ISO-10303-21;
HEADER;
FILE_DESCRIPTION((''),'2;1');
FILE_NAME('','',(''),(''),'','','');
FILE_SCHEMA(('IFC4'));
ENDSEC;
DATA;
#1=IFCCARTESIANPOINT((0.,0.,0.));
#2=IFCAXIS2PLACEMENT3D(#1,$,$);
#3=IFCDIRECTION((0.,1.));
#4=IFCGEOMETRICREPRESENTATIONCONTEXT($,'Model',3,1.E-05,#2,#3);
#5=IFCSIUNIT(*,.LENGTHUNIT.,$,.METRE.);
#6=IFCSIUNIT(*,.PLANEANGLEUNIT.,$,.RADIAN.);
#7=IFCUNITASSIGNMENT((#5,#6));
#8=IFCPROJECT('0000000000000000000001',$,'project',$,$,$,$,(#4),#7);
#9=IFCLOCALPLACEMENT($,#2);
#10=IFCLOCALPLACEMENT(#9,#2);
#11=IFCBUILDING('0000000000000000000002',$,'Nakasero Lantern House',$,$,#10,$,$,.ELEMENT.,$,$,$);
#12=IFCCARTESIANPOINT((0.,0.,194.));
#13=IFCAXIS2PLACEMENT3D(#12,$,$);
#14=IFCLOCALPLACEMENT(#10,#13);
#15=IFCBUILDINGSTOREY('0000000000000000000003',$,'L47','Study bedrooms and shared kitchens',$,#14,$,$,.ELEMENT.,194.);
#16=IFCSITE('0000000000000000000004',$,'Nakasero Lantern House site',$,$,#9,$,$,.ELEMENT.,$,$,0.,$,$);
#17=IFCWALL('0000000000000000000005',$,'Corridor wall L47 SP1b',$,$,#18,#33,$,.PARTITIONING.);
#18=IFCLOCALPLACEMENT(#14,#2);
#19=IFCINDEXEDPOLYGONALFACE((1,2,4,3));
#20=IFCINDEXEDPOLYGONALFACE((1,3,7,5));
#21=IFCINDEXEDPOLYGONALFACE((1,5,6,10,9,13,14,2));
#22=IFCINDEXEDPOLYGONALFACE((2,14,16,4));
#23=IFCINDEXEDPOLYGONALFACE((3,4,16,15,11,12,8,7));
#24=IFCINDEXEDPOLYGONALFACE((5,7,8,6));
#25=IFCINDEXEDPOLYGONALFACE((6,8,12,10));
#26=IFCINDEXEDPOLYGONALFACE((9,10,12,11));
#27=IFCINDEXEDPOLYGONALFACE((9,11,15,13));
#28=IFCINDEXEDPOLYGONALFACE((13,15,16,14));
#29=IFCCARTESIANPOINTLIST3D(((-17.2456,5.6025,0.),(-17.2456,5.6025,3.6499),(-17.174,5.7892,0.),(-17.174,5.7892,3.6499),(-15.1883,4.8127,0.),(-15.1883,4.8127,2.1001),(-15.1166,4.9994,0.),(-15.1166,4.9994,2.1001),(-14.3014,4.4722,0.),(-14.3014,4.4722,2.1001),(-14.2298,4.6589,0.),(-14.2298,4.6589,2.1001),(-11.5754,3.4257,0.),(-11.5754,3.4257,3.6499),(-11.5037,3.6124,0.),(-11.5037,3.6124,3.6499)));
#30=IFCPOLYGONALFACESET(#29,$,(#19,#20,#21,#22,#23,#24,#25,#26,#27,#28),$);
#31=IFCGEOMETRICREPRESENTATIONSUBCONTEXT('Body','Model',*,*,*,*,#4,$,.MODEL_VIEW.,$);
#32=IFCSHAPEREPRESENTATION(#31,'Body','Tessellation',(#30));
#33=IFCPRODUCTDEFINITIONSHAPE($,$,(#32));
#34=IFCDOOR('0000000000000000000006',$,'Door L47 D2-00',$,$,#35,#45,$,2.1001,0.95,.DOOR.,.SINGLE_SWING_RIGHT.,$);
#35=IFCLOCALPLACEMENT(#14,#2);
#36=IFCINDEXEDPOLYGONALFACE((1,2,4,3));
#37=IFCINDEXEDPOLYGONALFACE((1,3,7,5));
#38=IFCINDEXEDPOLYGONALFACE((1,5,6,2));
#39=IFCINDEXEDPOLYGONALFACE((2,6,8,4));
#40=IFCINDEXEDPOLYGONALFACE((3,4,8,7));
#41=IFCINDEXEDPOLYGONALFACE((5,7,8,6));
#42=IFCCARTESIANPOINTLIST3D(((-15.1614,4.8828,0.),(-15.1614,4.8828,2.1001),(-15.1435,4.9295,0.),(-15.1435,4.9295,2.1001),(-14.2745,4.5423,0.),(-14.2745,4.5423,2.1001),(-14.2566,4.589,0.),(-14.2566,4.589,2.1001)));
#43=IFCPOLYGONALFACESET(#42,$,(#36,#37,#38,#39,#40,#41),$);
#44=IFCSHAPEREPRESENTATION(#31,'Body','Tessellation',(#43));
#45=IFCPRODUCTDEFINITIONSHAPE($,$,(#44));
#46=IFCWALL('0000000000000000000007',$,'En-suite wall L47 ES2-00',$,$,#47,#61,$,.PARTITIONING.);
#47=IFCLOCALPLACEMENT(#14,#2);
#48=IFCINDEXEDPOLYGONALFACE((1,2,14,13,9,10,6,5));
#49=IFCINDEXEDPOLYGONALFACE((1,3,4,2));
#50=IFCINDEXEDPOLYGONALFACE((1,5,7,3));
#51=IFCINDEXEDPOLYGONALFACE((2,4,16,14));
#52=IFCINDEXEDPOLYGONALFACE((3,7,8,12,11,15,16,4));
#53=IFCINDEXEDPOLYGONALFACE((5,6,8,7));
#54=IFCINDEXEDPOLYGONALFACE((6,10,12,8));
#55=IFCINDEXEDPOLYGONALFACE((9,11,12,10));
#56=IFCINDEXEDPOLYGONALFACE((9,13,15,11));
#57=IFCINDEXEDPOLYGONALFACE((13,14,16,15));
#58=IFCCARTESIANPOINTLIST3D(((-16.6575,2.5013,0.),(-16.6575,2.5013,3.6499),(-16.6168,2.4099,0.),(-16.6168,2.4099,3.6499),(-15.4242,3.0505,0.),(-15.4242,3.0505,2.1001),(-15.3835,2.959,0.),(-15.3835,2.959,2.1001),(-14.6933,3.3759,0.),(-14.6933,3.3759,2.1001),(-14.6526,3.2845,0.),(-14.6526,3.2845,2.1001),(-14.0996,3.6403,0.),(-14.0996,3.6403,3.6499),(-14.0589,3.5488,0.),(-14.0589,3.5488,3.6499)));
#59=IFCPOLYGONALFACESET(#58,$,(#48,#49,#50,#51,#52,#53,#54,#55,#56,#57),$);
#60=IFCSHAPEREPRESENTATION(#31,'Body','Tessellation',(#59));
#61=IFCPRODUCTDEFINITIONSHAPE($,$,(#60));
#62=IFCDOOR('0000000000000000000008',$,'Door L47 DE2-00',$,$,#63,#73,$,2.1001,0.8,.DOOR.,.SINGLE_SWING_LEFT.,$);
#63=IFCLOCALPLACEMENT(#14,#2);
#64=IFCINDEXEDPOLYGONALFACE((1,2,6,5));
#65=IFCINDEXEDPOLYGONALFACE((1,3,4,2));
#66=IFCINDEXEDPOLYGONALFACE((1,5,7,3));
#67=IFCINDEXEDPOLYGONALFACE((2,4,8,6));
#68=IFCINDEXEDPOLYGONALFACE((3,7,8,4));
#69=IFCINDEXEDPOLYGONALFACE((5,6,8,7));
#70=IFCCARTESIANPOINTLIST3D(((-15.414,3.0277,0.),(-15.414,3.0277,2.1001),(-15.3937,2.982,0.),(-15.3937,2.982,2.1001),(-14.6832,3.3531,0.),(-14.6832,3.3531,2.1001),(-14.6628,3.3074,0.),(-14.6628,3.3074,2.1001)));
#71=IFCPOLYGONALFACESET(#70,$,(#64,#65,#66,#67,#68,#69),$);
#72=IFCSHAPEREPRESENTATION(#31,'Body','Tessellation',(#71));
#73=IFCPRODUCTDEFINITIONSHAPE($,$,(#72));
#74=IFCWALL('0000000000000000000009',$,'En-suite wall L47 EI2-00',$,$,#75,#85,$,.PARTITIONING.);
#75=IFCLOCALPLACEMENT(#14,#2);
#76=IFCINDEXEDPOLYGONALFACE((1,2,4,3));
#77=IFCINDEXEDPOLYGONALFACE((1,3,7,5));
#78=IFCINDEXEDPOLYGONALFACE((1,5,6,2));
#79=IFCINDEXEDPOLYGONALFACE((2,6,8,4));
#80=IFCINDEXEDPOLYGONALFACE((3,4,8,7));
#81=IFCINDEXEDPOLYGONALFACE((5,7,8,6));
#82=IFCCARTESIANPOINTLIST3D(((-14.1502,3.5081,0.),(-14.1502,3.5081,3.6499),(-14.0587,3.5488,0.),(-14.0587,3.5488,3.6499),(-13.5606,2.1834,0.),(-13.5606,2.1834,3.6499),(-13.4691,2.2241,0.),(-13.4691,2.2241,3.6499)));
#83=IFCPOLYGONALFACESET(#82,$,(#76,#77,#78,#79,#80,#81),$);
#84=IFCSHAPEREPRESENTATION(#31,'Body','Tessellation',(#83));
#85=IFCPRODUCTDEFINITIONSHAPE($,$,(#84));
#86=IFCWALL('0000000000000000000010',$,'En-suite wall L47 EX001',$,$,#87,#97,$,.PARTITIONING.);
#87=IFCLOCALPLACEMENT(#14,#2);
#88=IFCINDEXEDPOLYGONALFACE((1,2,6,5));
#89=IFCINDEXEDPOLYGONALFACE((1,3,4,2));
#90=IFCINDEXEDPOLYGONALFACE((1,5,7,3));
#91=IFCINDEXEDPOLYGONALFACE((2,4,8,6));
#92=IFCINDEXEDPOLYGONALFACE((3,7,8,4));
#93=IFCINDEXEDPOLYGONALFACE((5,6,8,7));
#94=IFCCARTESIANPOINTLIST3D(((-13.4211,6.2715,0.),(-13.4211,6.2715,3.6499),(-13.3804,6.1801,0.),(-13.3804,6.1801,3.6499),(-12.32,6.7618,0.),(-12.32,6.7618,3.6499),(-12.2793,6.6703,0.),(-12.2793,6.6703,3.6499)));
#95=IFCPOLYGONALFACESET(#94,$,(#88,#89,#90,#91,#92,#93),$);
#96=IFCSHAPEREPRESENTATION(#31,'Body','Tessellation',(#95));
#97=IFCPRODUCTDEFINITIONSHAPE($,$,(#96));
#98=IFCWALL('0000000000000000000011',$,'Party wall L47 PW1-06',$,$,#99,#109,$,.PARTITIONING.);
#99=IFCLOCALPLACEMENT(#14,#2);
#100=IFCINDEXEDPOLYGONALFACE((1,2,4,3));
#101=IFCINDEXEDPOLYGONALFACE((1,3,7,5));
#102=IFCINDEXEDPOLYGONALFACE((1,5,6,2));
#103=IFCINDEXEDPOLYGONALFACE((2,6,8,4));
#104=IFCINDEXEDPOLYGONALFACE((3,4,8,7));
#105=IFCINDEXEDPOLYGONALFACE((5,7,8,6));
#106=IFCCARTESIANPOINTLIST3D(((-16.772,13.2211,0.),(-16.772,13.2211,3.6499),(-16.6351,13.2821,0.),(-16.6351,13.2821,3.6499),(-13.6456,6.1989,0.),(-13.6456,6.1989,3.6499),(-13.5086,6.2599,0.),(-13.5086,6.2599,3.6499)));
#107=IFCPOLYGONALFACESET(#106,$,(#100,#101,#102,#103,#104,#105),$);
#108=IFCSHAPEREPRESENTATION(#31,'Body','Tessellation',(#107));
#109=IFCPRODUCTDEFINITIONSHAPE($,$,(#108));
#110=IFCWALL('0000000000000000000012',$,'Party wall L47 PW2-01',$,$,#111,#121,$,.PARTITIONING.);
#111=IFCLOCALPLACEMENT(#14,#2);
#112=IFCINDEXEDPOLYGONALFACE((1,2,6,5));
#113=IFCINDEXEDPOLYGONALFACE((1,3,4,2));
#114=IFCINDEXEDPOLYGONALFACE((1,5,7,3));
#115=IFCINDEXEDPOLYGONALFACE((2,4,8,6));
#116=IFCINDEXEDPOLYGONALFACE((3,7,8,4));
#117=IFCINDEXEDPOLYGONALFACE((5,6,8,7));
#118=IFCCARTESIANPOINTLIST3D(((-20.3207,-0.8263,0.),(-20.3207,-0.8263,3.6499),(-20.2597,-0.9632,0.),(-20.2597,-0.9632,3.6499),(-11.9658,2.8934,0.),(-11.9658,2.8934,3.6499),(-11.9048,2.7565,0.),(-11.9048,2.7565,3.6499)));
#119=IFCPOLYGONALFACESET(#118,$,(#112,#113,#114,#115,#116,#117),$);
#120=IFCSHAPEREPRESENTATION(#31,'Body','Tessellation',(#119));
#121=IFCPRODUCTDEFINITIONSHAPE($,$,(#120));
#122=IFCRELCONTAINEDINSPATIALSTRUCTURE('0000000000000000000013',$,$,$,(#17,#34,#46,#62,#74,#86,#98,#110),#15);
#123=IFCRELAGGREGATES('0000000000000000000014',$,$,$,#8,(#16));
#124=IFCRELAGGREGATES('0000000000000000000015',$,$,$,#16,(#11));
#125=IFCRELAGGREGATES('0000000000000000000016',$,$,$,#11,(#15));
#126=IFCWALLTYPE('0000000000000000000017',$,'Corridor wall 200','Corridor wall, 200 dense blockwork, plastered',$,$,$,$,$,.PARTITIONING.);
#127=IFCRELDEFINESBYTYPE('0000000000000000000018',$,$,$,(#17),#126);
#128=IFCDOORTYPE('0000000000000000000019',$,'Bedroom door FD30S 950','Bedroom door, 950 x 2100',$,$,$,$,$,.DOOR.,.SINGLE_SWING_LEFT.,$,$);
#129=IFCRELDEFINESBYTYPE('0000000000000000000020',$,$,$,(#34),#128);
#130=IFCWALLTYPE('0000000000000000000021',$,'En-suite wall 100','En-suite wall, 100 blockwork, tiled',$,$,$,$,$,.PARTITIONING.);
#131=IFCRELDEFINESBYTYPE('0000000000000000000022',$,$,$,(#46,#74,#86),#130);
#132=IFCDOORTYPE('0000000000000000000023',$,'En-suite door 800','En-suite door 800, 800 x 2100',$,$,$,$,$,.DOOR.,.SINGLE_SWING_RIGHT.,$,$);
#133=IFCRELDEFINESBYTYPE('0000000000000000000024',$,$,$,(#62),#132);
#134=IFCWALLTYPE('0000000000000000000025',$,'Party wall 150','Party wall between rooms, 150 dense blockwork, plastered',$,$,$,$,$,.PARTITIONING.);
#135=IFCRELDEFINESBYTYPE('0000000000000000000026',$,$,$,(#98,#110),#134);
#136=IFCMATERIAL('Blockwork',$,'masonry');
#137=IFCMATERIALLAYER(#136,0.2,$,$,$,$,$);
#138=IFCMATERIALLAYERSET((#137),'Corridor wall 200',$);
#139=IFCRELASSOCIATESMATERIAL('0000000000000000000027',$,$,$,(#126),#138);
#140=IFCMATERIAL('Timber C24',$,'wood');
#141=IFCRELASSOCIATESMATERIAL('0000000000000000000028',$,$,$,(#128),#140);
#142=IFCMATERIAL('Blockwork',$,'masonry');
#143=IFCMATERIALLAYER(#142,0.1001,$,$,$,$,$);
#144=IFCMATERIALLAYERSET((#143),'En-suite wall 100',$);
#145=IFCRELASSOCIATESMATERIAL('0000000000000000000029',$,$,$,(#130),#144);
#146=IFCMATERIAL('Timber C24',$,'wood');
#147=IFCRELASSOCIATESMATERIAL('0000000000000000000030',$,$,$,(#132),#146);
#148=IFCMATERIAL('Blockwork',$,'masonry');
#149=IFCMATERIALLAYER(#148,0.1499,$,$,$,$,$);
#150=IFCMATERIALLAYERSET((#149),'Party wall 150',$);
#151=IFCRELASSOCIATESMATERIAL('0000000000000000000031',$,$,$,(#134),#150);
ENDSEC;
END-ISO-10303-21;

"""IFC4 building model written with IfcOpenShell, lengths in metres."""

from ifc_helpers import new_model, si_unit, direction, frame, frame_2d, origin, place, context, subcontext, project, spatial, rectangle, extrude, material, layer, layer_set, type_object, element, fill, save


model = new_model("IFC4")

# Units and contexts
model_context = context("Model", 3, precision=1e-05, world=origin(), true_north=direction((0.0, 1.0)))
body_context = subcontext(model_context, "Body", "Model", "MODEL_VIEW")
ifc_project = project(units=[si_unit("LENGTHUNIT", "METRE"), si_unit("PLANEANGLEUNIT", "RADIAN")], contexts=[model_context])

# Site, building, storey
site_placement = place(None, origin())
site = spatial("IfcSite", under=ifc_project, at=site_placement, Name="Nakasero Lantern House site", CompositionType="ELEMENT", RefElevation=0.0)
building_placement = place(site_placement, origin())
building = spatial("IfcBuilding", under=site, at=building_placement, Name="Nakasero Lantern House", CompositionType="ELEMENT")
storey_placement = place(building_placement, frame((0.0, 0.0, 194.0)))
storey = spatial("IfcBuildingStorey", under=building, at=storey_placement, Name="L47", Description="Study bedrooms and shared kitchens", CompositionType="ELEMENT", Elevation=194.0)

# Shared definitions
ifc_material_1 = material(Name="Blockwork", Category="masonry")
ifc_layer_1 = layer(ifc_material_1, 0.2)
ifc_layer_set_1 = layer_set([ifc_layer_1], Name="Corridor wall 200")
wall_type_1 = type_object("IfcWallType", Name="Corridor wall 200", Description="Corridor wall, 200 dense blockwork, plastered", PredefinedType="PARTITIONING", material=ifc_layer_set_1)

# Walls, openings, doors
ifc_material_2 = material(Name="Timber C24", Category="wood")
door_type_1 = type_object("IfcDoorType", Name="Bedroom door FD30S 950", Description="Bedroom door, 950 x 2100", OperationType="SINGLE_SWING_LEFT", PredefinedType="DOOR", material=ifc_material_2)
wall_1_placement = place(storey_placement, frame((-11.5396, 3.519, 0.0), z_axis=(0.0, 0.0, 1.0), x_axis=(-0.93357, 0.358394, 0.0)))
wall_1 = element("IfcWall", 1, at=wall_1_placement, inside=storey, type_object=wall_type_1, Name="Corridor wall L47 SP1b", PredefinedType="PARTITIONING", context=body_context, shape_type="SweptSolid", body=[
    extrude(rectangle(XDim=6.0737, YDim=0.2, at=frame_2d((3.0369, 0.0))), origin(), (0.0, 0.0, 1.0), 3.6499),
])
opening_1_placement = place(wall_1_placement, frame((2.9199, 0.0, 0.0)))
opening_1 = element("IfcOpeningElement", 2, at=opening_1_placement, cuts=wall_1, PredefinedType="OPENING", context=body_context, shape_type="SweptSolid", body=[
    extrude(rectangle(XDim=0.95, YDim=2.1001, at=frame_2d((0.4751, 1.05))), frame((0.0, 0.1199, 0.0), z_axis=(0.0, -1.0, 0.0), x_axis=(1.0, 0.0, 0.0)), (0.0, 0.0, 1.0), 0.24),
])
door_1_placement = place(opening_1_placement, origin())
door_1 = element("IfcDoor", 3, at=door_1_placement, inside=storey, type_object=door_type_1, Name="Door L47 D2-00", OperationType="SINGLE_SWING_RIGHT", OverallHeight=2.1001, OverallWidth=0.95, PredefinedType="DOOR", context=body_context, shape_type="SweptSolid", body=[
    extrude(rectangle(XDim=0.95, YDim=2.1001, at=frame_2d((0.4751, 1.05))), frame((0.0, 0.0249, 0.0), z_axis=(0.0, -1.0, 0.0), x_axis=(1.0, 0.0, 0.0)), (0.0, 0.0, 1.0), 0.05),
])
fill(opening_1, door_1)
ifc_material_3 = material(Name="Blockwork", Category="masonry")
ifc_layer_2 = layer(ifc_material_3, 0.1001)
ifc_layer_set_2 = layer_set([ifc_layer_2], Name="En-suite wall 100")
wall_type_2 = type_object("IfcWallType", Name="En-suite wall 100", Description="En-suite wall, 100 blockwork, tiled", PredefinedType="PARTITIONING", material=ifc_layer_set_2)
wall_2_placement = place(storey_placement, frame((-14.0793, 3.5945, 0.0), z_axis=(0.0, 0.0, 1.0), x_axis=(-0.913534, -0.406761, 0.0)))
wall_2 = element("IfcWall", 4, at=wall_2_placement, inside=storey, type_object=wall_type_2, Name="En-suite wall L47 ES2-00", PredefinedType="PARTITIONING", context=body_context, shape_type="SweptSolid", body=[
    extrude(rectangle(XDim=2.8, YDim=0.1001, at=frame_2d((1.3999, 0.0))), origin(), (0.0, 0.0, 1.0), 3.6499),
])
opening_2_placement = place(wall_2_placement, frame((0.6499, 0.0, 0.0)))
opening_2 = element("IfcOpeningElement", 5, at=opening_2_placement, cuts=wall_2, PredefinedType="OPENING", context=body_context, shape_type="SweptSolid", body=[
    extrude(rectangle(XDim=0.8, YDim=2.1001, at=frame_2d((0.3999, 1.05))), frame((0.0, 0.0701, 0.0), z_axis=(0.0, -1.0, 0.0), x_axis=(1.0, 0.0, 0.0)), (0.0, 0.0, 1.0), 0.1401),
])
ifc_material_4 = material(Name="Timber C24", Category="wood")
door_type_2 = type_object("IfcDoorType", Name="En-suite door 800", Description="En-suite door 800, 800 x 2100", OperationType="SINGLE_SWING_RIGHT", PredefinedType="DOOR", material=ifc_material_4)
door_2_placement = place(opening_2_placement, origin())
door_2 = element("IfcDoor", 6, at=door_2_placement, inside=storey, type_object=door_type_2, Name="Door L47 DE2-00", OperationType="SINGLE_SWING_LEFT", OverallHeight=2.1001, OverallWidth=0.8, PredefinedType="DOOR", context=body_context, shape_type="SweptSolid", body=[
    extrude(rectangle(XDim=0.8, YDim=2.1001, at=frame_2d((0.3999, 1.05))), frame((0.0, 0.0249, 0.0), z_axis=(0.0, -1.0, 0.0), x_axis=(1.0, 0.0, 0.0)), (0.0, 0.0, 1.0), 0.05),
])
fill(opening_2, door_2)

# Walls
wall_3_placement = place(storey_placement, frame((-14.1045, 3.5286, 0.0), z_axis=(0.0, 0.0, 1.0), x_axis=(0.406623, -0.913596, 0.0)))
element("IfcWall", 7, at=wall_3_placement, inside=storey, type_object=wall_type_2, Name="En-suite wall L47 EI2-00", PredefinedType="PARTITIONING", context=body_context, shape_type="SweptSolid", body=[
    extrude(rectangle(XDim=1.45, YDim=0.1001, at=frame_2d((0.7251, 0.0))), origin(), (0.0, 0.0, 1.0), 3.6499),
])
wall_4_placement = place(storey_placement, frame((-13.4006, 6.2258, 0.0), z_axis=(0.0, 0.0, 1.0), x_axis=(0.913544, 0.40674, 0.0)))
element("IfcWall", 8, at=wall_4_placement, inside=storey, type_object=wall_type_2, Name="En-suite wall L47 EX001", PredefinedType="PARTITIONING", context=body_context, shape_type="SweptSolid", body=[
    extrude(rectangle(XDim=1.2053, YDim=0.1001, at=frame_2d((0.6025, 0.0))), origin(), (0.0, 0.0, 1.0), 3.6499),
])
ifc_material_5 = material(Name="Blockwork", Category="masonry")
ifc_layer_3 = layer(ifc_material_5, 0.1499)
ifc_layer_set_3 = layer_set([ifc_layer_3], Name="Party wall 150")
wall_type_3 = type_object("IfcWallType", Name="Party wall 150", Description="Party wall between rooms, 150 dense blockwork, plastered", PredefinedType="PARTITIONING", material=ifc_layer_set_3)
wall_5_placement = place(storey_placement, frame((-13.5771, 6.2295, 0.0), z_axis=(0.0, 0.0, 1.0), x_axis=(-0.406734, 0.913547, 0.0)))
element("IfcWall", 9, at=wall_5_placement, inside=storey, type_object=wall_type_3, Name="Party wall L47 PW1-06", PredefinedType="PARTITIONING", context=body_context, shape_type="SweptSolid", body=[
    extrude(rectangle(XDim=7.6868, YDim=0.1499, at=frame_2d((3.8433, 0.0))), origin(), (0.0, 0.0, 1.0), 3.6499),
])
wall_6_placement = place(storey_placement, frame((-11.9353, 2.825, 0.0), z_axis=(0.0, 0.0, 1.0), x_axis=(-0.913552, -0.406723, 0.0)))
element("IfcWall", 10, at=wall_6_placement, inside=storey, type_object=wall_type_3, Name="Party wall L47 PW2-01", PredefinedType="PARTITIONING", context=body_context, shape_type="SweptSolid", body=[
    extrude(rectangle(XDim=9.1455, YDim=0.1499, at=frame_2d((4.5728, 0.0))), origin(), (0.0, 0.0, 1.0), 3.6499),
])

save(model, "model.ifc")
